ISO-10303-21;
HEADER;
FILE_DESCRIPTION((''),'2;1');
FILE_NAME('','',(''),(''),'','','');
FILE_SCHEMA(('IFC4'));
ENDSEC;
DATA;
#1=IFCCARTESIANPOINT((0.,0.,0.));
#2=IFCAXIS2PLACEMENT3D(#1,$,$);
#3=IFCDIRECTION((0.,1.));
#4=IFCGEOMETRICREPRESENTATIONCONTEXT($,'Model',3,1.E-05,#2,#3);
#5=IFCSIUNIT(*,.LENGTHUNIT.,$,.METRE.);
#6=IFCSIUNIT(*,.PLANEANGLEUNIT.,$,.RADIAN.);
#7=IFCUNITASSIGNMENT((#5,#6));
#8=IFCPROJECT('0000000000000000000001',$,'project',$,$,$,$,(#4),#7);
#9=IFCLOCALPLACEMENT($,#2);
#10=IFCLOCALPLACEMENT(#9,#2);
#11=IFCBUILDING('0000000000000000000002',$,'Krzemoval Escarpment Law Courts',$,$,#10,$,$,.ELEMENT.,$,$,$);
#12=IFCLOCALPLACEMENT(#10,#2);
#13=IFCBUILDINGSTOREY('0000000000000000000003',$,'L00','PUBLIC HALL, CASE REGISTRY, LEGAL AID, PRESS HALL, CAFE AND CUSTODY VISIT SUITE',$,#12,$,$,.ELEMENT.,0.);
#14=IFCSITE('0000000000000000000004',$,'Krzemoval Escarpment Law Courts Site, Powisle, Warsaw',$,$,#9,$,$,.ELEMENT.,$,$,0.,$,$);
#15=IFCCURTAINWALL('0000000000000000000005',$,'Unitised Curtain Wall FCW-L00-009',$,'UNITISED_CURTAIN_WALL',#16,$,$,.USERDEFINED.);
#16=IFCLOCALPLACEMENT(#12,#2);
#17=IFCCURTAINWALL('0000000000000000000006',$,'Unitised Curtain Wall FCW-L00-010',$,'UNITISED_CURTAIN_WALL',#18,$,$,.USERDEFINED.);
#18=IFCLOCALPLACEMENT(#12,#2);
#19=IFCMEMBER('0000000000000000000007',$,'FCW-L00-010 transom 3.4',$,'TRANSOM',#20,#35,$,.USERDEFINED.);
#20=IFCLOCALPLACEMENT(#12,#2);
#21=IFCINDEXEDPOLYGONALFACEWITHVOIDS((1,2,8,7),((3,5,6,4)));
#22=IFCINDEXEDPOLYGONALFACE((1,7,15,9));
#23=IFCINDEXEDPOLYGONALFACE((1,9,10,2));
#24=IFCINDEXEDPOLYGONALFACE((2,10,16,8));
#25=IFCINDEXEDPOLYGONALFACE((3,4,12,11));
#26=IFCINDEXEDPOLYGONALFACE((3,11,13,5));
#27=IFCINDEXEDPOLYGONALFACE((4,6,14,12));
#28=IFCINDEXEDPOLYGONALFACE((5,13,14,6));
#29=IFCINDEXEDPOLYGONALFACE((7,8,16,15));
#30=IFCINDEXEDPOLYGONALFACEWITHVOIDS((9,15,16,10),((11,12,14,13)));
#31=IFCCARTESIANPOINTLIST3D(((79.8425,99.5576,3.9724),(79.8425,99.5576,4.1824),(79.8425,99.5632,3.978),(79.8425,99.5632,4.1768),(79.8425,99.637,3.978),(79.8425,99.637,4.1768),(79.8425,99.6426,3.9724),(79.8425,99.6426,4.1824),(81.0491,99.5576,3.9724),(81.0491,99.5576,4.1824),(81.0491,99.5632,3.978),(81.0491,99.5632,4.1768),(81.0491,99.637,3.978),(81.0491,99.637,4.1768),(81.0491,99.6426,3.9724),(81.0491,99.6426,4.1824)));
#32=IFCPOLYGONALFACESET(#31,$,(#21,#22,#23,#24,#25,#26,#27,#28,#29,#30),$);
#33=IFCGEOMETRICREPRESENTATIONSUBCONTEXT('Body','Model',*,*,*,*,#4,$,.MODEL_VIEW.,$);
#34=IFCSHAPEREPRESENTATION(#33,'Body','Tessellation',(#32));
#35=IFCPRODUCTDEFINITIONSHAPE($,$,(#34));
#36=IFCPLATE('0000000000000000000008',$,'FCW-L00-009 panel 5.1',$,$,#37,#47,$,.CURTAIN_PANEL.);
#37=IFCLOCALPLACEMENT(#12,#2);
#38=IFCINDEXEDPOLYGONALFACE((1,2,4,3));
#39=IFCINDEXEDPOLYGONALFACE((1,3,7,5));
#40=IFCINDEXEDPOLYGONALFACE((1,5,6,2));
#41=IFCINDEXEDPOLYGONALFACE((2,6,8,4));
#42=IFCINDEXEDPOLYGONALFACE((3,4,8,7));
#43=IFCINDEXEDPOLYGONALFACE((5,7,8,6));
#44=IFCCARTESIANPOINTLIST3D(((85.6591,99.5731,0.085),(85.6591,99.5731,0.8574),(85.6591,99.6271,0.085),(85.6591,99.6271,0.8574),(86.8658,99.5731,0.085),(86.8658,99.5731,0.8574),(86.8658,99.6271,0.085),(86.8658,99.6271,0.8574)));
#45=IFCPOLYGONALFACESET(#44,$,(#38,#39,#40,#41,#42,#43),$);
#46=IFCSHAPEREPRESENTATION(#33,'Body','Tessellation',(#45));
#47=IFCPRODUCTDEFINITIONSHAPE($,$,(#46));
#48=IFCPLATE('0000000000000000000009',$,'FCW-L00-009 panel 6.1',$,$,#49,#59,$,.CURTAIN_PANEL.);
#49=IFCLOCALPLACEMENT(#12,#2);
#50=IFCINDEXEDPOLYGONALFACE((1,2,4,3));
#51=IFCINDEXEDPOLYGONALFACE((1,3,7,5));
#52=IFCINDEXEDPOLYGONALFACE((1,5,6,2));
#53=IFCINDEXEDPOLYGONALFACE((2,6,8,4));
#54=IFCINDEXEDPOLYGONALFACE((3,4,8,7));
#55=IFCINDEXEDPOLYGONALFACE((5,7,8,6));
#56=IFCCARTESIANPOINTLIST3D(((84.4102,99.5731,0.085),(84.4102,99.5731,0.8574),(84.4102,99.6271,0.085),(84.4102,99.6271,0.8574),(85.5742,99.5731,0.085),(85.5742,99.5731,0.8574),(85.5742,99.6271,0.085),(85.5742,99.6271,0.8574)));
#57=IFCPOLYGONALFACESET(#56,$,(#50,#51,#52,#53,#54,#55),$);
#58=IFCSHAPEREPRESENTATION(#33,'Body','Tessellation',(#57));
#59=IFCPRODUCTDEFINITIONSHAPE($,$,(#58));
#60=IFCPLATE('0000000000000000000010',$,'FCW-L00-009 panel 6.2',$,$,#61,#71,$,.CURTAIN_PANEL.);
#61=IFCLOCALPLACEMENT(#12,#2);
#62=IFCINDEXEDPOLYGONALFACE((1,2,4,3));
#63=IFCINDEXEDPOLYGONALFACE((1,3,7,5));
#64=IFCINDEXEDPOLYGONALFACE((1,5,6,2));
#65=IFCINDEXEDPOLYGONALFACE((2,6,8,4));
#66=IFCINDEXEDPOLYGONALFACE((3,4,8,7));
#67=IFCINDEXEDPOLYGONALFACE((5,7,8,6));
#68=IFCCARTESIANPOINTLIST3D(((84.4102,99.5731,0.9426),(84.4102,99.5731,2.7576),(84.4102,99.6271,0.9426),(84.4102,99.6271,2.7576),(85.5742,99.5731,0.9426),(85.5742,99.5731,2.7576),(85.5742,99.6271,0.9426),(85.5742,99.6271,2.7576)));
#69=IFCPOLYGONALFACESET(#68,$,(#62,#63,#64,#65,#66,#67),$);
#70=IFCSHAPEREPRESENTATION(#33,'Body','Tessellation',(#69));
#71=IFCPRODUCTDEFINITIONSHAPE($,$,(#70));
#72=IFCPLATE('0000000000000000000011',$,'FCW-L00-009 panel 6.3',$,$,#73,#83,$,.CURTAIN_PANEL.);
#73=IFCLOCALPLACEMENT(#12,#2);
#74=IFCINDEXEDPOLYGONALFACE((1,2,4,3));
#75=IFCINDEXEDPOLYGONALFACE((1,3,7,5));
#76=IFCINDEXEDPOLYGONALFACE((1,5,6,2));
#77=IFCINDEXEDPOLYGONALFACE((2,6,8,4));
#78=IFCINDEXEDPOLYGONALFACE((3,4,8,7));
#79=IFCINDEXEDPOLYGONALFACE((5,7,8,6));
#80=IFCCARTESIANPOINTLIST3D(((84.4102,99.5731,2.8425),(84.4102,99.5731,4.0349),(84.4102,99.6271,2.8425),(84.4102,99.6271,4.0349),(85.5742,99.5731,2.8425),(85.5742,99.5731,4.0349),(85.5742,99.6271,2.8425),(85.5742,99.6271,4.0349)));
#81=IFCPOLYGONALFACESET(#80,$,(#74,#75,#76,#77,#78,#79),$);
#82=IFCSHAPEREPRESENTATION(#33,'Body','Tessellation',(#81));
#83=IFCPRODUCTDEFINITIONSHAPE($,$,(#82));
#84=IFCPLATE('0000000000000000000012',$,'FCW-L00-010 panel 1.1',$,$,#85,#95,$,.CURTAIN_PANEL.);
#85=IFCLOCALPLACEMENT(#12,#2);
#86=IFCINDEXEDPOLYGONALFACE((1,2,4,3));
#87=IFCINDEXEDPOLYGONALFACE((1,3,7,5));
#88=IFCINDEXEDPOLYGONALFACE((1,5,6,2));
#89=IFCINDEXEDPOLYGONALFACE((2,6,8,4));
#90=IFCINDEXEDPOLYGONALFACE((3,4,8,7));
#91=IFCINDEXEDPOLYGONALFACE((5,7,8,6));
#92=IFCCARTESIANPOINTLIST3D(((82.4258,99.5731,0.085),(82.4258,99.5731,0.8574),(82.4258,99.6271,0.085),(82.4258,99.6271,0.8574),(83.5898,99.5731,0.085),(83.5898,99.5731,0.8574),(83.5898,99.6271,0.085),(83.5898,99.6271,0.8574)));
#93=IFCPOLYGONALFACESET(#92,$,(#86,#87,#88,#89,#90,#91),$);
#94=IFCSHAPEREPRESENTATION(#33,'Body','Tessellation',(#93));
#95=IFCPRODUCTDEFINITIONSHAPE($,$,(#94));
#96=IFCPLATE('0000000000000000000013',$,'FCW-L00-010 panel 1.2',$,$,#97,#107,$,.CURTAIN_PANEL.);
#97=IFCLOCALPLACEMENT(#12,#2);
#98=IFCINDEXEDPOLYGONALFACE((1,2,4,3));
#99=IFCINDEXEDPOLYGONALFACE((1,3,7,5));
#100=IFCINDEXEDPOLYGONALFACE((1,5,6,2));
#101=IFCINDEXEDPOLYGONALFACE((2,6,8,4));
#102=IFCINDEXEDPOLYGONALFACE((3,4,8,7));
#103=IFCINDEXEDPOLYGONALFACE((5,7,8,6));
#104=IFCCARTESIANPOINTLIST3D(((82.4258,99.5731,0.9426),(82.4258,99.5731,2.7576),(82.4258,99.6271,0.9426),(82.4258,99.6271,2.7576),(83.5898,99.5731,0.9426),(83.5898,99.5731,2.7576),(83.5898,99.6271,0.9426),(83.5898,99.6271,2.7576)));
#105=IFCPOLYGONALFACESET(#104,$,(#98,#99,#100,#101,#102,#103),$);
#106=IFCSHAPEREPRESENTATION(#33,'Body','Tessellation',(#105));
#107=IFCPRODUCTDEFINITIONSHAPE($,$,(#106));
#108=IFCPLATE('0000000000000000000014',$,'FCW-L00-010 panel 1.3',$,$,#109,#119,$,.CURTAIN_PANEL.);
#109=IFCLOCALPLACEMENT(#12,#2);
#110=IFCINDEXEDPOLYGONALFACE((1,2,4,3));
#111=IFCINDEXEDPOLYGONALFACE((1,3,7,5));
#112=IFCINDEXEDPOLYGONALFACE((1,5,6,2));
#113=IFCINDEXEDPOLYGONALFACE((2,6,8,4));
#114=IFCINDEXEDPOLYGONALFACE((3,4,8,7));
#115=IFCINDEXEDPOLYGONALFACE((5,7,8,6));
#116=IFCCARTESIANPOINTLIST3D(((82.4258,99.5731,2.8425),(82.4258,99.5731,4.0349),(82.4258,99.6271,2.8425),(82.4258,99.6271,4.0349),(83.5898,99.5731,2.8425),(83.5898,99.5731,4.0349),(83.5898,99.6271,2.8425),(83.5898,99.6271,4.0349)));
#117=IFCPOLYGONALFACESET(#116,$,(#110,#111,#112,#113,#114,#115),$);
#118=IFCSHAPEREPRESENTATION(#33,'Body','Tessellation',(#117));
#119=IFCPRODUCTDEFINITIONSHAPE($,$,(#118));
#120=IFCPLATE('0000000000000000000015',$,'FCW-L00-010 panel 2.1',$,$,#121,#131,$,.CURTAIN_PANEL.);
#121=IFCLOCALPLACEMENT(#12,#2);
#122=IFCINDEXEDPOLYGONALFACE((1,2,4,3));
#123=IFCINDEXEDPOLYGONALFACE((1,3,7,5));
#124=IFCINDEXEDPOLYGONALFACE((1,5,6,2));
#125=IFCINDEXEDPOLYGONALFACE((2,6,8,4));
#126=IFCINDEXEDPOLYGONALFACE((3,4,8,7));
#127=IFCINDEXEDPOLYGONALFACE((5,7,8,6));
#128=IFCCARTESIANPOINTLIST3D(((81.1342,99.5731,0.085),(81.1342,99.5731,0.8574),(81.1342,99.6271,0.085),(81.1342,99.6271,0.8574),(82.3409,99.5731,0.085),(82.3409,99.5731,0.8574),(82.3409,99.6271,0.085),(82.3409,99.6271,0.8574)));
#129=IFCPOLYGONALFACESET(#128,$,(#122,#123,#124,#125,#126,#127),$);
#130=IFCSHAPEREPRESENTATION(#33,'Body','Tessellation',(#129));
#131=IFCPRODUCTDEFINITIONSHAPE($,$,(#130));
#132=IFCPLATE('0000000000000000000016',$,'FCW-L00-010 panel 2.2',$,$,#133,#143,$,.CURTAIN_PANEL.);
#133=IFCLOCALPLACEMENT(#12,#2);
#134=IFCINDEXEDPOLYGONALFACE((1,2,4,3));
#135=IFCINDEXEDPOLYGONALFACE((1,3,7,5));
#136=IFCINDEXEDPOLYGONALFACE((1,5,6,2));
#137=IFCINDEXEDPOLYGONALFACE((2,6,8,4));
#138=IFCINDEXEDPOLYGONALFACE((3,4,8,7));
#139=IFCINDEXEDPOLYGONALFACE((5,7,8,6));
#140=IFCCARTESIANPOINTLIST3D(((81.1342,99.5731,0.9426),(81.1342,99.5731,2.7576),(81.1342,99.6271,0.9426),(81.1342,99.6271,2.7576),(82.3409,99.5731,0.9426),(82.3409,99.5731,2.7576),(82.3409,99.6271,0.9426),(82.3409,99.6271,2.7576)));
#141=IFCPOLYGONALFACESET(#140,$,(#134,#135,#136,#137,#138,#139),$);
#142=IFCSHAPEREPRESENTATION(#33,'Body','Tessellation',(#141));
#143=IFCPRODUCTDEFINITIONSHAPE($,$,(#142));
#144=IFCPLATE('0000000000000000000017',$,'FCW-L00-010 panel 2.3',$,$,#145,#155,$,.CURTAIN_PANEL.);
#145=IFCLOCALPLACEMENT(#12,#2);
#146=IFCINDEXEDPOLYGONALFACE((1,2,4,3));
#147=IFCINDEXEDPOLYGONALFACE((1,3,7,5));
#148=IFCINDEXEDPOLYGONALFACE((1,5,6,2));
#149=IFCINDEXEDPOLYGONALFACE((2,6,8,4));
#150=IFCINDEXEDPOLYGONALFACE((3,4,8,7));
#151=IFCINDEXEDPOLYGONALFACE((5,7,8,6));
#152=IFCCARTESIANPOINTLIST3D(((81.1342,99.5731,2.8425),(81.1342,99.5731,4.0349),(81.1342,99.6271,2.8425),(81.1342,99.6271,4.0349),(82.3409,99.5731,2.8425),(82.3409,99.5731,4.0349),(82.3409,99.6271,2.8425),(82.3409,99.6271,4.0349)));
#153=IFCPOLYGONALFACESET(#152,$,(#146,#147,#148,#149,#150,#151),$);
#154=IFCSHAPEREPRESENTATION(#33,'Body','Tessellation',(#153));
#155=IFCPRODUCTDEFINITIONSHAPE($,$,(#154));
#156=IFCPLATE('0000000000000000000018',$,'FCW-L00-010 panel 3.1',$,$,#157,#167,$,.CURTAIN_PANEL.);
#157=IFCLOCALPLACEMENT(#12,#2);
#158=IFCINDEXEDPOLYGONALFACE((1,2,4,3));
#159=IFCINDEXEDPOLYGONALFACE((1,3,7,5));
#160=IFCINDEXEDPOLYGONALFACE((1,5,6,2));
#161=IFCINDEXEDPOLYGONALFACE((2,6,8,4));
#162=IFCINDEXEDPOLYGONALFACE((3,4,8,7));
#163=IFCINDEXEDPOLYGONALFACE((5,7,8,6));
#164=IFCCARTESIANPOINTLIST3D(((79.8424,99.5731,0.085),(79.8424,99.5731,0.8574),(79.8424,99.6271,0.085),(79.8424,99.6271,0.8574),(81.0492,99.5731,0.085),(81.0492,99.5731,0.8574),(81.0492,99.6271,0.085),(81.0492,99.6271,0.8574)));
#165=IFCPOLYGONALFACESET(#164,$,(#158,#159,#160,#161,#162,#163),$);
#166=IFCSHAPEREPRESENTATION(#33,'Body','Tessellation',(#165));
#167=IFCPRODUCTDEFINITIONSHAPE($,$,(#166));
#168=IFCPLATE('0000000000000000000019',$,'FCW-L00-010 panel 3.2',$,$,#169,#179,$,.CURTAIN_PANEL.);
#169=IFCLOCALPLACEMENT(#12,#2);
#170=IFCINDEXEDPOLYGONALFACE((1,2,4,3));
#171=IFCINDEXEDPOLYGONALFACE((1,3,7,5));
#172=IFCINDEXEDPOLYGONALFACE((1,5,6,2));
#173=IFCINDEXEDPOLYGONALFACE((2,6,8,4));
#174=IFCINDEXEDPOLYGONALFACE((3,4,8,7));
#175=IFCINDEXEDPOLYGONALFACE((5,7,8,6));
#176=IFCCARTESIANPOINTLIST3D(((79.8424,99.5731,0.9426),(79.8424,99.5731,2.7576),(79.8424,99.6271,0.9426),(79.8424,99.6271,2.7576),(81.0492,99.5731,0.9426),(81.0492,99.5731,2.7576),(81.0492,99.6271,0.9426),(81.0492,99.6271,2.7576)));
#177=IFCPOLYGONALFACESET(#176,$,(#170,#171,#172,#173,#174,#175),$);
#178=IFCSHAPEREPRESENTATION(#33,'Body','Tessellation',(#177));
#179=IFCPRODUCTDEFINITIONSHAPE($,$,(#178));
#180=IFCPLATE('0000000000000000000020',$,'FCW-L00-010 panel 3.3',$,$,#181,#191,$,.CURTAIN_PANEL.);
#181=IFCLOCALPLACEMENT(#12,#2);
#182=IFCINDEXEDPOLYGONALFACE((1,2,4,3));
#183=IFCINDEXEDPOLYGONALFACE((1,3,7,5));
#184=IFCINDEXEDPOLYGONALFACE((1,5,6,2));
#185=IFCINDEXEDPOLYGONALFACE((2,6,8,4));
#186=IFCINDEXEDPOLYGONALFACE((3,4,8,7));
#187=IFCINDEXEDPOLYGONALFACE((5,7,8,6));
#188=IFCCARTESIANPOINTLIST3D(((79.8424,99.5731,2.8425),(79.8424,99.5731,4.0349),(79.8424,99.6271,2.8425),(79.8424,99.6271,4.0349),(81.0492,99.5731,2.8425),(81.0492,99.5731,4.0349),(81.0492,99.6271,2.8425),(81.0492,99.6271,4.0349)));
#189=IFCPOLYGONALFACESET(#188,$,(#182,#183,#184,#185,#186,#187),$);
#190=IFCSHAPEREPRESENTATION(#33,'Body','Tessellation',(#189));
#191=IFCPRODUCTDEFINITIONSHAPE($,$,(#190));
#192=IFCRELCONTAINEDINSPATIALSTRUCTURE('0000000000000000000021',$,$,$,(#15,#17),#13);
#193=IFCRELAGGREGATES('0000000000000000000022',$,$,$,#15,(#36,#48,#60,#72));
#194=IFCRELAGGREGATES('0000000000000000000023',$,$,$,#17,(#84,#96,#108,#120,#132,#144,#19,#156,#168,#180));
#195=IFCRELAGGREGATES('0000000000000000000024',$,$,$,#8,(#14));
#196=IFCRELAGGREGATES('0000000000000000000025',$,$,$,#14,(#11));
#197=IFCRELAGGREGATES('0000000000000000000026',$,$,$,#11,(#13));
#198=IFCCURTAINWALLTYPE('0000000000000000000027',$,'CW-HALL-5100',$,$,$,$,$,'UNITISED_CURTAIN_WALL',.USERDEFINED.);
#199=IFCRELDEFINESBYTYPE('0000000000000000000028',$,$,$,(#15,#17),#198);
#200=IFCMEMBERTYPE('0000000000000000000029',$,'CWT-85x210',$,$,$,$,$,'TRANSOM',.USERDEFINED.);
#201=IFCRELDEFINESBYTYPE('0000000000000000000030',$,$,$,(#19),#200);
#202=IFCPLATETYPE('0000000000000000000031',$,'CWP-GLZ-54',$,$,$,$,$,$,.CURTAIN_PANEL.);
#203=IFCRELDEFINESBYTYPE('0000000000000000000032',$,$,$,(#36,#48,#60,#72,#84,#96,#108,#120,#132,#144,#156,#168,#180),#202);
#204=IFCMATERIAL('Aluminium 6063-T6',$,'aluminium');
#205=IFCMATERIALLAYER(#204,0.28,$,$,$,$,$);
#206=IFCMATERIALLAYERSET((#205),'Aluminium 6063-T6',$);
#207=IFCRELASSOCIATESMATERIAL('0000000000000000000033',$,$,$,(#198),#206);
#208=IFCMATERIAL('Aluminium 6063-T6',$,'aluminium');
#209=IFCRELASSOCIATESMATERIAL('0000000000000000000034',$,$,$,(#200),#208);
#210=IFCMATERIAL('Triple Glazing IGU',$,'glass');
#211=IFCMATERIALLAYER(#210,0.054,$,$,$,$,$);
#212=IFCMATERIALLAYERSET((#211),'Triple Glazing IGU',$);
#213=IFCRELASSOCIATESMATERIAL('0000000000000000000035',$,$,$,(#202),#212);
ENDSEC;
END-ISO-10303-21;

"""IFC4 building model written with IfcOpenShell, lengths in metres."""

from ifc_helpers import new_model, si_unit, direction, frame, origin, origin_2d, place, context, subcontext, project, spatial, rectangle, hollow_rectangle, extrude, material, layer, layer_set, material_profile, profile_set, type_object, element, aggregate, save


model = new_model("IFC4")

# Units and contexts
model_context = context("Model", 3, precision=1e-05, world=origin(), true_north=direction((0.0, 1.0)))
body_context = subcontext(model_context, "Body", "Model", "MODEL_VIEW")
ifc_project = project(units=[si_unit("LENGTHUNIT", "METRE"), si_unit("PLANEANGLEUNIT", "RADIAN")], contexts=[model_context])

# Site, building, storey
site_placement = place(None, origin())
site = spatial("IfcSite", under=ifc_project, at=site_placement, Name="Krzemoval Escarpment Law Courts Site, Powisle, Warsaw", CompositionType="ELEMENT", RefElevation=0.0)
building_placement = place(site_placement, origin())
building = spatial("IfcBuilding", under=site, at=building_placement, Name="Krzemoval Escarpment Law Courts", CompositionType="ELEMENT")
storey_placement = place(building_placement, origin())
storey = spatial("IfcBuildingStorey", under=building, at=storey_placement, Name="L00", Description="PUBLIC HALL, CASE REGISTRY, LEGAL AID, PRESS HALL, CAFE AND CUSTODY VISIT SUITE", CompositionType="ELEMENT", Elevation=0.0)

# Curtain walls
ifc_material_1 = material(Name="Aluminium 6063-T6", Category="aluminium")
ifc_layer_1 = layer(ifc_material_1, 0.28)
ifc_layer_set_1 = layer_set([ifc_layer_1], Name="Aluminium 6063-T6")
curtain_wall_type = type_object("IfcCurtainWallType", Name="CW-HALL-5100", ElementType="UNITISED_CURTAIN_WALL", PredefinedType="USERDEFINED", material=ifc_layer_set_1)
curtain_wall_1_placement = place(storey_placement, origin())
curtain_wall_1 = element("IfcCurtainWall", 1, at=curtain_wall_1_placement, inside=storey, type_object=curtain_wall_type, Name="Unitised Curtain Wall FCW-L00-009", ObjectType="UNITISED_CURTAIN_WALL", PredefinedType="USERDEFINED")
curtain_wall_2_placement = place(storey_placement, origin())
curtain_wall_2 = element("IfcCurtainWall", 2, at=curtain_wall_2_placement, inside=storey, type_object=curtain_wall_type, Name="Unitised Curtain Wall FCW-L00-010", ObjectType="UNITISED_CURTAIN_WALL", PredefinedType="USERDEFINED")

# Member
ifc_material_2 = material(Name="Aluminium 6063-T6", Category="aluminium")
ifc_material_profile_1 = material_profile(ifc_material_2, hollow_rectangle(XDim=0.085, YDim=0.21, WallThickness=0.0056, at=origin_2d()), Name="ALU T85x210")
ifc_profile_set_1 = profile_set([ifc_material_profile_1], Name="Aluminium 6063-T6")
member_type_1 = type_object("IfcMemberType", Name="CWT-85x210", ElementType="TRANSOM", PredefinedType="USERDEFINED", material=ifc_profile_set_1)
member_1_placement = place(storey_placement, frame((81.0491, 99.6001, 4.0774), z_axis=(-1.0, 0.0, 0.0), x_axis=(0.0, -1.0, 0.0)))
member_1 = element("IfcMember", 3, at=member_1_placement, type_object=member_type_1, Name="FCW-L00-010 transom 3.4", ObjectType="TRANSOM", PredefinedType="USERDEFINED", context=body_context, shape_type="SweptSolid", body=[
    extrude(hollow_rectangle(XDim=0.085, YDim=0.21, WallThickness=0.0056, at=origin_2d()), origin(), (0.0, 0.0, 1.0), 1.2065),
])

# Plates
ifc_material_3 = material(Name="Triple Glazing IGU", Category="glass")
ifc_layer_2 = layer(ifc_material_3, 0.054)
ifc_layer_set_2 = layer_set([ifc_layer_2], Name="Triple Glazing IGU")
plate_type = type_object("IfcPlateType", Name="CWP-GLZ-54", PredefinedType="CURTAIN_PANEL", material=ifc_layer_set_2)
plate_1_placement = place(storey_placement, frame((86.2625, 99.6001, 0.085), z_axis=(0.0, 0.0, 1.0), x_axis=(-1.0, 0.0, 0.0)))
plate_1 = element("IfcPlate", 4, at=plate_1_placement, type_object=plate_type, Name="FCW-L00-009 panel 5.1", PredefinedType="CURTAIN_PANEL", context=body_context, shape_type="SweptSolid", body=[
    extrude(rectangle(XDim=1.2068, YDim=0.054, at=origin_2d()), origin(), (0.0, 0.0, 1.0), 0.7725),
])
plate_2_placement = place(storey_placement, frame((84.9922, 99.6001, 0.085), z_axis=(0.0, 0.0, 1.0), x_axis=(-1.0, 0.0, 0.0)))
plate_2 = element("IfcPlate", 5, at=plate_2_placement, type_object=plate_type, Name="FCW-L00-009 panel 6.1", PredefinedType="CURTAIN_PANEL", context=body_context, shape_type="SweptSolid", body=[
    extrude(rectangle(XDim=1.1641, YDim=0.054, at=origin_2d()), origin(), (0.0, 0.0, 1.0), 0.7725),
])
plate_3_placement = place(storey_placement, frame((84.9922, 99.6001, 0.9426), z_axis=(0.0, 0.0, 1.0), x_axis=(-1.0, 0.0, 0.0)))
plate_3 = element("IfcPlate", 6, at=plate_3_placement, type_object=plate_type, Name="FCW-L00-009 panel 6.2", PredefinedType="CURTAIN_PANEL", context=body_context, shape_type="SweptSolid", body=[
    extrude(rectangle(XDim=1.1641, YDim=0.054, at=origin_2d()), origin(), (0.0, 0.0, 1.0), 1.8149),
])
plate_4_placement = place(storey_placement, frame((84.9922, 99.6001, 2.8425), z_axis=(0.0, 0.0, 1.0), x_axis=(-1.0, 0.0, 0.0)))
plate_4 = element("IfcPlate", 7, at=plate_4_placement, type_object=plate_type, Name="FCW-L00-009 panel 6.3", PredefinedType="CURTAIN_PANEL", context=body_context, shape_type="SweptSolid", body=[
    extrude(rectangle(XDim=1.1641, YDim=0.054, at=origin_2d()), origin(), (0.0, 0.0, 1.0), 1.1924),
])
aggregate(curtain_wall_1, [plate_1, plate_2, plate_3, plate_4])
plate_5_placement = place(storey_placement, frame((83.0078, 99.6001, 0.085), z_axis=(0.0, 0.0, 1.0), x_axis=(-1.0, 0.0, 0.0)))
plate_5 = element("IfcPlate", 8, at=plate_5_placement, type_object=plate_type, Name="FCW-L00-010 panel 1.1", PredefinedType="CURTAIN_PANEL", context=body_context, shape_type="SweptSolid", body=[
    extrude(rectangle(XDim=1.1641, YDim=0.054, at=origin_2d()), origin(), (0.0, 0.0, 1.0), 0.7725),
])
plate_6_placement = place(storey_placement, frame((83.0078, 99.6001, 0.9426), z_axis=(0.0, 0.0, 1.0), x_axis=(-1.0, 0.0, 0.0)))
plate_6 = element("IfcPlate", 9, at=plate_6_placement, type_object=plate_type, Name="FCW-L00-010 panel 1.2", PredefinedType="CURTAIN_PANEL", context=body_context, shape_type="SweptSolid", body=[
    extrude(rectangle(XDim=1.1641, YDim=0.054, at=origin_2d()), origin(), (0.0, 0.0, 1.0), 1.8149),
])
plate_7_placement = place(storey_placement, frame((83.0078, 99.6001, 2.8425), z_axis=(0.0, 0.0, 1.0), x_axis=(-1.0, 0.0, 0.0)))
plate_7 = element("IfcPlate", 10, at=plate_7_placement, type_object=plate_type, Name="FCW-L00-010 panel 1.3", PredefinedType="CURTAIN_PANEL", context=body_context, shape_type="SweptSolid", body=[
    extrude(rectangle(XDim=1.1641, YDim=0.054, at=origin_2d()), origin(), (0.0, 0.0, 1.0), 1.1924),
])
plate_8_placement = place(storey_placement, frame((81.7375, 99.6001, 0.085), z_axis=(0.0, 0.0, 1.0), x_axis=(-1.0, 0.0, 0.0)))
plate_8 = element("IfcPlate", 11, at=plate_8_placement, type_object=plate_type, Name="FCW-L00-010 panel 2.1", PredefinedType="CURTAIN_PANEL", context=body_context, shape_type="SweptSolid", body=[
    extrude(rectangle(XDim=1.2068, YDim=0.054, at=origin_2d()), origin(), (0.0, 0.0, 1.0), 0.7725),
])
plate_9_placement = place(storey_placement, frame((81.7375, 99.6001, 0.9426), z_axis=(0.0, 0.0, 1.0), x_axis=(-1.0, 0.0, 0.0)))
plate_9 = element("IfcPlate", 12, at=plate_9_placement, type_object=plate_type, Name="FCW-L00-010 panel 2.2", PredefinedType="CURTAIN_PANEL", context=body_context, shape_type="SweptSolid", body=[
    extrude(rectangle(XDim=1.2068, YDim=0.054, at=origin_2d()), origin(), (0.0, 0.0, 1.0), 1.8149),
])
plate_10_placement = place(storey_placement, frame((81.7375, 99.6001, 2.8425), z_axis=(0.0, 0.0, 1.0), x_axis=(-1.0, 0.0, 0.0)))
plate_10 = element("IfcPlate", 13, at=plate_10_placement, type_object=plate_type, Name="FCW-L00-010 panel 2.3", PredefinedType="CURTAIN_PANEL", context=body_context, shape_type="SweptSolid", body=[
    extrude(rectangle(XDim=1.2068, YDim=0.054, at=origin_2d()), origin(), (0.0, 0.0, 1.0), 1.1924),
])
plate_11_placement = place(storey_placement, frame((80.4458, 99.6001, 0.085), z_axis=(0.0, 0.0, 1.0), x_axis=(-1.0, 0.0, 0.0)))
plate_11 = element("IfcPlate", 14, at=plate_11_placement, type_object=plate_type, Name="FCW-L00-010 panel 3.1", PredefinedType="CURTAIN_PANEL", context=body_context, shape_type="SweptSolid", body=[
    extrude(rectangle(XDim=1.2068, YDim=0.054, at=origin_2d()), origin(), (0.0, 0.0, 1.0), 0.7725),
])
plate_12_placement = place(storey_placement, frame((80.4458, 99.6001, 0.9426), z_axis=(0.0, 0.0, 1.0), x_axis=(-1.0, 0.0, 0.0)))
plate_12 = element("IfcPlate", 15, at=plate_12_placement, type_object=plate_type, Name="FCW-L00-010 panel 3.2", PredefinedType="CURTAIN_PANEL", context=body_context, shape_type="SweptSolid", body=[
    extrude(rectangle(XDim=1.2068, YDim=0.054, at=origin_2d()), origin(), (0.0, 0.0, 1.0), 1.8149),
])
plate_13_placement = place(storey_placement, frame((80.4458, 99.6001, 2.8425), z_axis=(0.0, 0.0, 1.0), x_axis=(-1.0, 0.0, 0.0)))
plate_13 = element("IfcPlate", 16, at=plate_13_placement, type_object=plate_type, Name="FCW-L00-010 panel 3.3", PredefinedType="CURTAIN_PANEL", context=body_context, shape_type="SweptSolid", body=[
    extrude(rectangle(XDim=1.2068, YDim=0.054, at=origin_2d()), origin(), (0.0, 0.0, 1.0), 1.1924),
])
aggregate(curtain_wall_2, [plate_5, plate_6, plate_7, plate_8, plate_9, plate_10, member_1, plate_11, plate_12, plate_13])

save(model, "model.ifc")
